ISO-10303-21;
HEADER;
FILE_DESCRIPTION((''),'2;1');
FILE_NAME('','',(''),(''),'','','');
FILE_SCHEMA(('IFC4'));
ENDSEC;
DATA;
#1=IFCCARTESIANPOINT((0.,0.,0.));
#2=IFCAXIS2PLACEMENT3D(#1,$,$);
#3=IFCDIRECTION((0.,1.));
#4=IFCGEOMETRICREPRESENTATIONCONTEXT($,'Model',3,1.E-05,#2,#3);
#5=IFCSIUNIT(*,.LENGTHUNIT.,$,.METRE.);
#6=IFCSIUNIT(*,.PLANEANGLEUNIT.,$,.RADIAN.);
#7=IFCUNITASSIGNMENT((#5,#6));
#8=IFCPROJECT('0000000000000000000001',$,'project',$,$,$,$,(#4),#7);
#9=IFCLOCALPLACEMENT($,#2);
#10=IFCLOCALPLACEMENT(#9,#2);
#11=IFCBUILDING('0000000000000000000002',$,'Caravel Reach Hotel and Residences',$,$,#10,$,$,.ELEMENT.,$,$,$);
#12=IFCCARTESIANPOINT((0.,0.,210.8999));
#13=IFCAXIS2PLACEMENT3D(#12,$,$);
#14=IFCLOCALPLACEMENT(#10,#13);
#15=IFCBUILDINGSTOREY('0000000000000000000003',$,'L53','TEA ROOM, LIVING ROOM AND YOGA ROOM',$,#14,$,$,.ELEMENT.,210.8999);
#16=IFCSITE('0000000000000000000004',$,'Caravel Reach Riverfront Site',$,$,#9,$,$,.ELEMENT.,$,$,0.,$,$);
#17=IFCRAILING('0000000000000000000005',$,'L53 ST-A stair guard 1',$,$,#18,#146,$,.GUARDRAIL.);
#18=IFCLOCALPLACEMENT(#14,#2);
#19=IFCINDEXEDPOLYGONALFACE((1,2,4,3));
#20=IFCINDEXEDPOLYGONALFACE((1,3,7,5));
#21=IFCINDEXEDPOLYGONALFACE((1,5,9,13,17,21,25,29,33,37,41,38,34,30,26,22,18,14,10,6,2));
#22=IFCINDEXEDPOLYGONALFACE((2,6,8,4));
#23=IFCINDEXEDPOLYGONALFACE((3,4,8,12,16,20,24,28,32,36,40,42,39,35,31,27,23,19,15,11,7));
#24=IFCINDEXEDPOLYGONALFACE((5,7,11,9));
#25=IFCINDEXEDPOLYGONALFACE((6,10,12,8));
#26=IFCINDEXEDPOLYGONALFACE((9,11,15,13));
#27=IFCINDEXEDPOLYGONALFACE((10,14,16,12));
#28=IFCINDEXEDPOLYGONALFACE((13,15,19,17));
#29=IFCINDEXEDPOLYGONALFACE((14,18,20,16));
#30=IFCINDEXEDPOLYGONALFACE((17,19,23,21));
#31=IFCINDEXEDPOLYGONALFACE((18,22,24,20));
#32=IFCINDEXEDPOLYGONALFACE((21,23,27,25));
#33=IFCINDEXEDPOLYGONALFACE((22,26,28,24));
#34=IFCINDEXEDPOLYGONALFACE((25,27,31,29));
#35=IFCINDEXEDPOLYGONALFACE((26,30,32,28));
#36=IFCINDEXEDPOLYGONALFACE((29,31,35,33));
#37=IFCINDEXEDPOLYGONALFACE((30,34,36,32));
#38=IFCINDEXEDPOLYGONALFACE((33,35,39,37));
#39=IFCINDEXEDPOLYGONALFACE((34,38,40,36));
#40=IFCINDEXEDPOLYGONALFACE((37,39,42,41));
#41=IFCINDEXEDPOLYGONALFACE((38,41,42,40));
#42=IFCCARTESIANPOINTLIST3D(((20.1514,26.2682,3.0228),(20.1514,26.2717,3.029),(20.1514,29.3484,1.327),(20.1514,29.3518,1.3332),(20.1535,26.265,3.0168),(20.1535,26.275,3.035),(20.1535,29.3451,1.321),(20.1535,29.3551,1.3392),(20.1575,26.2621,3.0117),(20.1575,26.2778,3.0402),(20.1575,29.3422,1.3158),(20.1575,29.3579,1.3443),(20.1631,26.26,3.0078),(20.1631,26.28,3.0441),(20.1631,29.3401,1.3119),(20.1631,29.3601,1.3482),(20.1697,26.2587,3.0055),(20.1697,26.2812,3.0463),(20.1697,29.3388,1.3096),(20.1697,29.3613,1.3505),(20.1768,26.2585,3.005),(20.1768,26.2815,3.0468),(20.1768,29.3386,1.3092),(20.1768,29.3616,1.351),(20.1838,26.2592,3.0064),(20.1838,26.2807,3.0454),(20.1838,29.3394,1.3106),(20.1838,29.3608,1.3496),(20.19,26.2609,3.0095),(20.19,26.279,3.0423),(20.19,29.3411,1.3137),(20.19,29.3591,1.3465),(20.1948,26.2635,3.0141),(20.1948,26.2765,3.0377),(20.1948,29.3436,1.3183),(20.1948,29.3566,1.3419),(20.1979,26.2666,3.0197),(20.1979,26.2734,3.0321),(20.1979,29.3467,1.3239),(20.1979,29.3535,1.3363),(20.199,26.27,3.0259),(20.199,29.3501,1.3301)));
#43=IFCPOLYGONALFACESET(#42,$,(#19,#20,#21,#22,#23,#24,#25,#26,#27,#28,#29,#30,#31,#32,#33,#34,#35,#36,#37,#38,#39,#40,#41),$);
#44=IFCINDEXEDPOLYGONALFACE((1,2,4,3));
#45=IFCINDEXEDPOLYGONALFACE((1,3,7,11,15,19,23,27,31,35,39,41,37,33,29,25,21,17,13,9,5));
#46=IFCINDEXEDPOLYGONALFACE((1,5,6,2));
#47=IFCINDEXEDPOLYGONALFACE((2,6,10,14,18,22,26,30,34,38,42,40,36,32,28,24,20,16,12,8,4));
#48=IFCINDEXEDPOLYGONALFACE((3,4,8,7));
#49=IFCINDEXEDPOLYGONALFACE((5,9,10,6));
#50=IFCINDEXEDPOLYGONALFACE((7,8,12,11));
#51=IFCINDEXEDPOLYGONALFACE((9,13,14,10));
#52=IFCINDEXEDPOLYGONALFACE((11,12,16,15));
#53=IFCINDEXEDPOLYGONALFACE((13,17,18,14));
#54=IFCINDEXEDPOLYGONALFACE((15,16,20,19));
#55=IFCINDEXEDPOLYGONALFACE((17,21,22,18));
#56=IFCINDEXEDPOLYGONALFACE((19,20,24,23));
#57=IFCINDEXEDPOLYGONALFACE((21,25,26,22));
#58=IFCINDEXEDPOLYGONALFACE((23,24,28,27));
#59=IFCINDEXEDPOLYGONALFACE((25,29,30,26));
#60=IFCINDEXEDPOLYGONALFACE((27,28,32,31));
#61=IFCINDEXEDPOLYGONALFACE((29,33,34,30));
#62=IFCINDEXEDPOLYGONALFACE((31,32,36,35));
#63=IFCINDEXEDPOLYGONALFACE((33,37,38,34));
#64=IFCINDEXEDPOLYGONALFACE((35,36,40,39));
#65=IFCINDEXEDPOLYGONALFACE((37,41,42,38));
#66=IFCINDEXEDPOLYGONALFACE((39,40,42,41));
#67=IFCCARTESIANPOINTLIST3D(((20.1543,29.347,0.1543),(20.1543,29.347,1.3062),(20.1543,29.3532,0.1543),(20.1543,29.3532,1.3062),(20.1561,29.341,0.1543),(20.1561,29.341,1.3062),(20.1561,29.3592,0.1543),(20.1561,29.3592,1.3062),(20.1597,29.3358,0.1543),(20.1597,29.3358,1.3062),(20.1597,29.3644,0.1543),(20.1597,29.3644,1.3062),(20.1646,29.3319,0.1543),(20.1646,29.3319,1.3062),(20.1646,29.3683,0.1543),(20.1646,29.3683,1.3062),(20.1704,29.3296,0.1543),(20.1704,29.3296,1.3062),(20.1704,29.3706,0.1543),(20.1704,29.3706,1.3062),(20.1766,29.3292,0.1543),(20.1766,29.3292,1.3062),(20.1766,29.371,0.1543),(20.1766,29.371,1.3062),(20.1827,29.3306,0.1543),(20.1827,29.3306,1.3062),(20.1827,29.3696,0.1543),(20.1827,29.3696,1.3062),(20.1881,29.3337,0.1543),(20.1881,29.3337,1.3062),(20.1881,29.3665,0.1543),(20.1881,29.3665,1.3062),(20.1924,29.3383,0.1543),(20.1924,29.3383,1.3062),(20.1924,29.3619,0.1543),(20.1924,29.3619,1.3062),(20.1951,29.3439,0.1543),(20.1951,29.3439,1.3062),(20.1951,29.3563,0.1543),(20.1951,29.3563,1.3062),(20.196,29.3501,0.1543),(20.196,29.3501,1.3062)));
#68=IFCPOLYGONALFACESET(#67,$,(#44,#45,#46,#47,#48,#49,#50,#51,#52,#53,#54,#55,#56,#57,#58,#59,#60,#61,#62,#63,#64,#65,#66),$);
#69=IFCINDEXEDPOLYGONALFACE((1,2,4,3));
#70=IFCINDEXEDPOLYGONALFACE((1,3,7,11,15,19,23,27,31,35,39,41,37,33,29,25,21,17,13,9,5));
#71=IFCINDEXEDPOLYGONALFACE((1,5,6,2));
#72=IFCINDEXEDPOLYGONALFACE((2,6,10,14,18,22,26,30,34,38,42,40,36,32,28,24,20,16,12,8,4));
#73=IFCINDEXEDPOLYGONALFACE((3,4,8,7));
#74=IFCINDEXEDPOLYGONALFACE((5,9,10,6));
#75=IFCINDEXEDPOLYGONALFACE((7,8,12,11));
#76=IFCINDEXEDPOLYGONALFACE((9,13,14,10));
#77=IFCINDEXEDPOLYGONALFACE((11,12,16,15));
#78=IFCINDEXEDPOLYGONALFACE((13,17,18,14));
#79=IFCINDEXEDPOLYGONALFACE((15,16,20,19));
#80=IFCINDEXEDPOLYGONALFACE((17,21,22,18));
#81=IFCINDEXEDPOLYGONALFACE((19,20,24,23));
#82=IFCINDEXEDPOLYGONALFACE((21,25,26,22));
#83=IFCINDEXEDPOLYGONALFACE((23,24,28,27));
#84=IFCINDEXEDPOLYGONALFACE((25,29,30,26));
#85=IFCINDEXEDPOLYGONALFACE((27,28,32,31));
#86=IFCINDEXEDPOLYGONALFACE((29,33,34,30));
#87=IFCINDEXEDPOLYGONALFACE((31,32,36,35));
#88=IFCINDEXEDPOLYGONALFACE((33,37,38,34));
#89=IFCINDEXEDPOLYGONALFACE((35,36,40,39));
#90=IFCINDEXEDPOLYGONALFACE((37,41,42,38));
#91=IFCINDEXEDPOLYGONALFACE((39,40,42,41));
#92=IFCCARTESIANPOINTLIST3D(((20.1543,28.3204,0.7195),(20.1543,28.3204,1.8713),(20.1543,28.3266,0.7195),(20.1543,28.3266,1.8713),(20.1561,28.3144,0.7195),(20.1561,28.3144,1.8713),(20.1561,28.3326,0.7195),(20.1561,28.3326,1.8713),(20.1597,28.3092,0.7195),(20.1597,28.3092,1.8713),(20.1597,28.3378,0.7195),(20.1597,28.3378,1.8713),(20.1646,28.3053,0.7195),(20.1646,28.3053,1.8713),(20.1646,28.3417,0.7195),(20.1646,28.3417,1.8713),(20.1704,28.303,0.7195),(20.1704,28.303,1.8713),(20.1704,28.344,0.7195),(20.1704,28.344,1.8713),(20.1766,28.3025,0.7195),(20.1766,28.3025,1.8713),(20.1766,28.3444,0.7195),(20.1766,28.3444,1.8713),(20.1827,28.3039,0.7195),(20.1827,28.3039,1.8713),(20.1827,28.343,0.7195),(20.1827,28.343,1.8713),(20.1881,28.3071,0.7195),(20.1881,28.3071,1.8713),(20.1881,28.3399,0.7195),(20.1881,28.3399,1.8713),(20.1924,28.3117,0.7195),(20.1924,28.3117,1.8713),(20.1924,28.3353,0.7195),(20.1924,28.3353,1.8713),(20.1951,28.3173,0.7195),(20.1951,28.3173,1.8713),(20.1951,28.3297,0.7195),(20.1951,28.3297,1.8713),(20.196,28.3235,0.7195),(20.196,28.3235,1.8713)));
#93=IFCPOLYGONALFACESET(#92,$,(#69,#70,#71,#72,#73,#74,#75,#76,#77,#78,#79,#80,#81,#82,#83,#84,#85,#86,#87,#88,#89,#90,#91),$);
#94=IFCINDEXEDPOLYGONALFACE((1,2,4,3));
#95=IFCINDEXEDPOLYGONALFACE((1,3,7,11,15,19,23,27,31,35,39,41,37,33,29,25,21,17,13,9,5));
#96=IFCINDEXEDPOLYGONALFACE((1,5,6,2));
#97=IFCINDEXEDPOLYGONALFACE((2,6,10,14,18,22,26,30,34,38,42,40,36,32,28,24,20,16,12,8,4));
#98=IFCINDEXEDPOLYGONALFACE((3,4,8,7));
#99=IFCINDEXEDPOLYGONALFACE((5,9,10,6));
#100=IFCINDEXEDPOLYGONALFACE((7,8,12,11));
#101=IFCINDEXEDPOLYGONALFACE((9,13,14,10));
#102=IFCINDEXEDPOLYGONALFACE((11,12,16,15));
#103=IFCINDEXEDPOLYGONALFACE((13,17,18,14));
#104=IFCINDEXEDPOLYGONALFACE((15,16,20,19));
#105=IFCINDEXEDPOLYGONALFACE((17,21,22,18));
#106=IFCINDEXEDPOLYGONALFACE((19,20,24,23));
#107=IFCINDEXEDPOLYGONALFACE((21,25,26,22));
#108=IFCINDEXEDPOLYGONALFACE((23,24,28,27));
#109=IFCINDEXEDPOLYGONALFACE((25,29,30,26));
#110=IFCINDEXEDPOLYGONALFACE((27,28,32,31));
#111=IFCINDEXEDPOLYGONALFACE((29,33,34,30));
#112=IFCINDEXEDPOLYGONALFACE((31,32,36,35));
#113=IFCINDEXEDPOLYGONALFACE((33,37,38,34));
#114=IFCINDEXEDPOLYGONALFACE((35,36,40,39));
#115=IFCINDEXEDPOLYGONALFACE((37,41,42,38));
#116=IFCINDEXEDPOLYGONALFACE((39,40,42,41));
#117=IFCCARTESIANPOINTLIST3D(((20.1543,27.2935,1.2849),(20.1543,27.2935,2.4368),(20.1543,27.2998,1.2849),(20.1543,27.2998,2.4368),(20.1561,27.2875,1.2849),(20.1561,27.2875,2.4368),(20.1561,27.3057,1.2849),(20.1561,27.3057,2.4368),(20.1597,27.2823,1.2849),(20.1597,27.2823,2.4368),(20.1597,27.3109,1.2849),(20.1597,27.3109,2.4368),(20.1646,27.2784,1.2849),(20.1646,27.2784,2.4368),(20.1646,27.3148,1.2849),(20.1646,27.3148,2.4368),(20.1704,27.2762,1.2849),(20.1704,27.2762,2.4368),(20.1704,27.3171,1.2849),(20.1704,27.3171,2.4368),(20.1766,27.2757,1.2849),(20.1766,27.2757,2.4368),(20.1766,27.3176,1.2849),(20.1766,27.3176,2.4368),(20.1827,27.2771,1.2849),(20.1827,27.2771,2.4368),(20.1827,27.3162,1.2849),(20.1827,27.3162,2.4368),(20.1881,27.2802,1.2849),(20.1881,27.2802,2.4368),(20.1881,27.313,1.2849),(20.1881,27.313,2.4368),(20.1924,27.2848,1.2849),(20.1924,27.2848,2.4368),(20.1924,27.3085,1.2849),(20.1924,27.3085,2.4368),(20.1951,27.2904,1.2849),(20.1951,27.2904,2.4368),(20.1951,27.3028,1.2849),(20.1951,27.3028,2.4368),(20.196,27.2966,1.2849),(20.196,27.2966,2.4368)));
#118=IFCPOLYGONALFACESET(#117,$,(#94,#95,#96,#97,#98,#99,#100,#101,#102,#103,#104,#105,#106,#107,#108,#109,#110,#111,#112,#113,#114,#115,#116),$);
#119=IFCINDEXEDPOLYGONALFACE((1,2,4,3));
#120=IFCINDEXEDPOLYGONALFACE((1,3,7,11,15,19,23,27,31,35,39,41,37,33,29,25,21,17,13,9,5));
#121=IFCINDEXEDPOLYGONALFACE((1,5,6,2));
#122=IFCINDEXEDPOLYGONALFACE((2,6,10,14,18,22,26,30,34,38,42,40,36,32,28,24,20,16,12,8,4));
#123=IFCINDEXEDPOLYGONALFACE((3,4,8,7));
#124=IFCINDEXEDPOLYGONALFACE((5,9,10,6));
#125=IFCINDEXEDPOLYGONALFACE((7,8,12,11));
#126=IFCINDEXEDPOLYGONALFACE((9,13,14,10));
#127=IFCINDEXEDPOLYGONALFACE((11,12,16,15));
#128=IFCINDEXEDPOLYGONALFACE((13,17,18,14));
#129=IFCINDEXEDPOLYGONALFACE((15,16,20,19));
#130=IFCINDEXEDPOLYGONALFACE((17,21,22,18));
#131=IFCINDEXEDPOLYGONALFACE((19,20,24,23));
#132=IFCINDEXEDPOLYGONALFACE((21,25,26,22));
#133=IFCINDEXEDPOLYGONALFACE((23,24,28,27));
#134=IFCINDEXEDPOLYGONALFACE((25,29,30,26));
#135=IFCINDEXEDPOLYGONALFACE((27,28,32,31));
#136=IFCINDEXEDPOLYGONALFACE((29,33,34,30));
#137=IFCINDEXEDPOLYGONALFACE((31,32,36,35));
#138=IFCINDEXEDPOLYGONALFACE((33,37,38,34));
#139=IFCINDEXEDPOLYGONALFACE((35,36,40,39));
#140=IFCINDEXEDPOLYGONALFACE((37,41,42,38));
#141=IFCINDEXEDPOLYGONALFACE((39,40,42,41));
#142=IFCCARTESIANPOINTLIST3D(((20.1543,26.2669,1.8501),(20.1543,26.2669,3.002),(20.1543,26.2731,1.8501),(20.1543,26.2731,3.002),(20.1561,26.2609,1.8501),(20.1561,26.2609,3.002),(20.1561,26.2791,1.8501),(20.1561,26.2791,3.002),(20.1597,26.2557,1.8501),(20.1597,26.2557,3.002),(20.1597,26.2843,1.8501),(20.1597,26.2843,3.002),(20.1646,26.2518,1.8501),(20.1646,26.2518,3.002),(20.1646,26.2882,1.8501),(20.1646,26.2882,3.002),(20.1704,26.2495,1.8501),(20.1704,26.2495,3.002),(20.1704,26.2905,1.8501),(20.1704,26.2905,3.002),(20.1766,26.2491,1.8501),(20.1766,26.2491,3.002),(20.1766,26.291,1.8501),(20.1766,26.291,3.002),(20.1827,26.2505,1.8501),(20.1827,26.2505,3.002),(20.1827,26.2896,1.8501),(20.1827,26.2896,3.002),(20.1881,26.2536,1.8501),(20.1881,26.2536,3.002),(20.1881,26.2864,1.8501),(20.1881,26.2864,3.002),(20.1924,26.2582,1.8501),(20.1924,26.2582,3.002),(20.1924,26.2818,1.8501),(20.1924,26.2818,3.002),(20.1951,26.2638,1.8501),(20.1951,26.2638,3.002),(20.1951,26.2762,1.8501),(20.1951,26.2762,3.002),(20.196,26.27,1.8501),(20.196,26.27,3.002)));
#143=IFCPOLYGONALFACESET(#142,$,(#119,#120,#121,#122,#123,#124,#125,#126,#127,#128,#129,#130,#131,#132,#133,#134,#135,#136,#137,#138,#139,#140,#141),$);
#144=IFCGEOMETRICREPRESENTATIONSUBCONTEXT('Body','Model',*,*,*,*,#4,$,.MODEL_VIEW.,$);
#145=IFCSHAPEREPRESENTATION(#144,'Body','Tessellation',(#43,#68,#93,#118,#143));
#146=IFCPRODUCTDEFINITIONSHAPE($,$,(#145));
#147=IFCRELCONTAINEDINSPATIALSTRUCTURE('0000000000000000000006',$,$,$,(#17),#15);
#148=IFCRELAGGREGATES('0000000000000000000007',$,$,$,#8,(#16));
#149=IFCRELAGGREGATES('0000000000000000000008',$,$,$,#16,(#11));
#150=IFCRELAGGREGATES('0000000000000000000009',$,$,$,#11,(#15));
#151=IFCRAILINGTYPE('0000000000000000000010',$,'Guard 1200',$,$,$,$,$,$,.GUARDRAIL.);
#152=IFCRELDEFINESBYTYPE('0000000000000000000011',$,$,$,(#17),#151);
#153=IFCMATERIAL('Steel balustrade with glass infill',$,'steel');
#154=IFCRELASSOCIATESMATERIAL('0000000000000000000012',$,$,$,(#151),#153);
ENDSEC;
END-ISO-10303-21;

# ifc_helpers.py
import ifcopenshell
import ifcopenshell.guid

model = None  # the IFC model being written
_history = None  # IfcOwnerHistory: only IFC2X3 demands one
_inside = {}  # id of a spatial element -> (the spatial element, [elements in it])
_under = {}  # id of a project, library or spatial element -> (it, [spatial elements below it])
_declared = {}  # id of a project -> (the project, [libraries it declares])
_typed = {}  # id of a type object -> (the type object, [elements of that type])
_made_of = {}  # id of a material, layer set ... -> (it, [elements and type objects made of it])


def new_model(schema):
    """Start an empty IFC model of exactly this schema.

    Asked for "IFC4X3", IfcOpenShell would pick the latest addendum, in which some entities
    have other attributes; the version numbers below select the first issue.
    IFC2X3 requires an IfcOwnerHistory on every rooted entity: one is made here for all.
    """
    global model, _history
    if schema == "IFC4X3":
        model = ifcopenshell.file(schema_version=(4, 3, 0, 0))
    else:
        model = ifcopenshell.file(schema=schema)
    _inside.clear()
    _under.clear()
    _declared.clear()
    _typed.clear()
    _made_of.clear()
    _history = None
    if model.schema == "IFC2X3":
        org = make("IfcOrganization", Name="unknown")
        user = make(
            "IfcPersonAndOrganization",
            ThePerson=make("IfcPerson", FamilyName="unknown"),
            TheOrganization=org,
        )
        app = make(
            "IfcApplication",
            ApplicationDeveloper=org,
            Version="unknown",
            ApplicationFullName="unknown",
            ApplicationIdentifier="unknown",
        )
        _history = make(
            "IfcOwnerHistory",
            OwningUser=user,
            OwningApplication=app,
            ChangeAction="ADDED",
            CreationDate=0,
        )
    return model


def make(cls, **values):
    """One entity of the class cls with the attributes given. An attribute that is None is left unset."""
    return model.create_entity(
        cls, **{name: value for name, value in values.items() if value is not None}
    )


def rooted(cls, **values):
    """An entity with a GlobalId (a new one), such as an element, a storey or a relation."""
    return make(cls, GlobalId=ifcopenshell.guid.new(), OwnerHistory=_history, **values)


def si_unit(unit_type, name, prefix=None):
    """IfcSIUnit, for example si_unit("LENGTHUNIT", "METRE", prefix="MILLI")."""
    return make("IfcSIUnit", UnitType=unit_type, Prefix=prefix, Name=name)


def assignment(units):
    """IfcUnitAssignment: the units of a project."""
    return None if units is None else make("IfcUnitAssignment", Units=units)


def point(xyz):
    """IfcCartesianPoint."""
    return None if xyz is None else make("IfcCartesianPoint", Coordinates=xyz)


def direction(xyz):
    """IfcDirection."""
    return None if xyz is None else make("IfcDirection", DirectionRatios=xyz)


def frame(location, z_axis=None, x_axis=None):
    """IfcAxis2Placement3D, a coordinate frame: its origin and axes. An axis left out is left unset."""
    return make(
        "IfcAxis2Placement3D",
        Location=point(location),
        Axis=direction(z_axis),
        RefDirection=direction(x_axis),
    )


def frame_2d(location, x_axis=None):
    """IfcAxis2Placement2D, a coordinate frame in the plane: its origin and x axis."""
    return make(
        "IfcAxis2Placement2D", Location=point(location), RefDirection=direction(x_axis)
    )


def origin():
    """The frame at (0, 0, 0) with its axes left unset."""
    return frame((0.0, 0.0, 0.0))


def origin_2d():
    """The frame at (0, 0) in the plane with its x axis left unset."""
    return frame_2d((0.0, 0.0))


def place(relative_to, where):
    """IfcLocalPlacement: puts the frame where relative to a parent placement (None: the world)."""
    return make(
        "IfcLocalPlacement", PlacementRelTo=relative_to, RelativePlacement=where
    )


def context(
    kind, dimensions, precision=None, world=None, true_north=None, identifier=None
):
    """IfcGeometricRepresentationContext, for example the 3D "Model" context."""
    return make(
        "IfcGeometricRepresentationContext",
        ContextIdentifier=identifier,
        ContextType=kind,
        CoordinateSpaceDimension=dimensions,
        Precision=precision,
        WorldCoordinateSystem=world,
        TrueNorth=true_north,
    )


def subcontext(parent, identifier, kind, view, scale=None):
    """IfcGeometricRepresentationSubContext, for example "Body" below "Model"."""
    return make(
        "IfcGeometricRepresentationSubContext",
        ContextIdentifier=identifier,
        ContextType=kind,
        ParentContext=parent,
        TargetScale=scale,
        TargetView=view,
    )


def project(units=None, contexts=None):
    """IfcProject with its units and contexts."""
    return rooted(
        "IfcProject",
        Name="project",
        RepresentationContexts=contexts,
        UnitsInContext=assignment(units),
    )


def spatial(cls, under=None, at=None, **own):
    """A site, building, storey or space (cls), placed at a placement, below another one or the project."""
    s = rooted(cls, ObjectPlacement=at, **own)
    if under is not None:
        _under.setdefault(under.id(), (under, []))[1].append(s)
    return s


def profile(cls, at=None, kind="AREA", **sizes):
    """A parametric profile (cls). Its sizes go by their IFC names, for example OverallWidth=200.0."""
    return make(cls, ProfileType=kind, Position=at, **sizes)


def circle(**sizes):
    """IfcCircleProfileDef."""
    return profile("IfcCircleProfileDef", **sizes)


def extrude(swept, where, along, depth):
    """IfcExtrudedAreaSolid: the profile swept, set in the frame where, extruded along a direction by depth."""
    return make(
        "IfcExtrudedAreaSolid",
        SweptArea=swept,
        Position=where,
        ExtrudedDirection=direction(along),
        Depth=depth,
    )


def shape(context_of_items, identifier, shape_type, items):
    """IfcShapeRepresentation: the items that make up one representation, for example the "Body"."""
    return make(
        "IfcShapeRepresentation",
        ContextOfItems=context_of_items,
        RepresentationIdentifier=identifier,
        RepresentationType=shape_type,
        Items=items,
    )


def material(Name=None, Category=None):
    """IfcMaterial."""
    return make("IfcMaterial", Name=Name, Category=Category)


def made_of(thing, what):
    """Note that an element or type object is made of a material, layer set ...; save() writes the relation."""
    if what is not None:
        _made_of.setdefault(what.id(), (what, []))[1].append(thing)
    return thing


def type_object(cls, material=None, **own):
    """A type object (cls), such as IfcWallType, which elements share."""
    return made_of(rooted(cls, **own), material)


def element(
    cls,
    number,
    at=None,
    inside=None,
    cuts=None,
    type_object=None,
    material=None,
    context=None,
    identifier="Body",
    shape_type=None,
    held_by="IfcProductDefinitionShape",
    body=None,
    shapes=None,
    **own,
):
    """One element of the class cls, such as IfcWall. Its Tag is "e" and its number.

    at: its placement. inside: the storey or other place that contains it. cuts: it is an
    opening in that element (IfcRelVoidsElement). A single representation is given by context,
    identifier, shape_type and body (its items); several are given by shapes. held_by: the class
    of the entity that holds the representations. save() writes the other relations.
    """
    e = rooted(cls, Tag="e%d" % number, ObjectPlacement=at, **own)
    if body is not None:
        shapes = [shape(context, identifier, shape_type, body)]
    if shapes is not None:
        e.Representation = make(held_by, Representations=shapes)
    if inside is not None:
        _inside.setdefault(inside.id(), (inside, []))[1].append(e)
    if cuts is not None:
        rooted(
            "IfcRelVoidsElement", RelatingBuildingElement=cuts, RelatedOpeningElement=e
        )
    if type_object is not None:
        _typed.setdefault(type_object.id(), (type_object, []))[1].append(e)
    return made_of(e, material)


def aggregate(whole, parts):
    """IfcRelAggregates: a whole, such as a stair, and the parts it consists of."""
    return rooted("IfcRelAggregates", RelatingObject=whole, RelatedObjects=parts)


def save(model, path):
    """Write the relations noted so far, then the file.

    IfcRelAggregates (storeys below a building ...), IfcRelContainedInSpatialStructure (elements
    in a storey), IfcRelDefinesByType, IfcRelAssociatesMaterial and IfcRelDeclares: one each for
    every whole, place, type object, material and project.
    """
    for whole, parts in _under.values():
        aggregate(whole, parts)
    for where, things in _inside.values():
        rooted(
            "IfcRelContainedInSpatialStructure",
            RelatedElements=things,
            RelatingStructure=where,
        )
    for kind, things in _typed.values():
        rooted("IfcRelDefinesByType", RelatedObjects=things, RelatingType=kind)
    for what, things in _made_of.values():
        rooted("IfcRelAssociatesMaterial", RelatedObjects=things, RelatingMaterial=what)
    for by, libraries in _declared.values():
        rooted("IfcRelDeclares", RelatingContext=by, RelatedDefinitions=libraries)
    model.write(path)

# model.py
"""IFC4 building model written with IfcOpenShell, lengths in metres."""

from ifc_helpers import new_model, si_unit, direction, frame, origin, origin_2d, place, context, subcontext, project, spatial, circle, extrude, material, type_object, element, save


model = new_model("IFC4")

# Units and contexts
model_context = context("Model", 3, precision=1e-05, world=origin(), true_north=direction((0.0, 1.0)))
body_context = subcontext(model_context, "Body", "Model", "MODEL_VIEW")
ifc_project = project(units=[si_unit("LENGTHUNIT", "METRE"), si_unit("PLANEANGLEUNIT", "RADIAN")], contexts=[model_context])

# Site, building, storey
site_placement = place(None, origin())
site = spatial("IfcSite", under=ifc_project, at=site_placement, Name="Caravel Reach Riverfront Site", CompositionType="ELEMENT", RefElevation=0.0)
building_placement = place(site_placement, origin())
building = spatial("IfcBuilding", under=site, at=building_placement, Name="Caravel Reach Hotel and Residences", CompositionType="ELEMENT")
storey_placement = place(building_placement, frame((0.0, 0.0, 210.8999)))
storey = spatial("IfcBuildingStorey", under=building, at=storey_placement, Name="L53", Description="TEA ROOM, LIVING ROOM AND YOGA ROOM", CompositionType="ELEMENT", Elevation=210.8999)

# Railing
ifc_material_1 = material(Name="Steel balustrade with glass infill", Category="steel")
railing_type_1 = type_object("IfcRailingType", Name="Guard 1200", PredefinedType="GUARDRAIL", material=ifc_material_1)
railing_1_placement = place(storey_placement, frame((20.175, 29.3501, 0.1543)))
element("IfcRailing", 1, at=railing_1_placement, inside=storey, type_object=railing_type_1, Name="L53 ST-A stair guard 1", PredefinedType="GUARDRAIL", context=body_context, shape_type="SweptSolid", body=[
    extrude(circle(Radius=0.0239, at=origin_2d()), frame((0.0, 0.0, 1.1758), z_axis=(0.0, -0.876005, 0.482303), x_axis=(1.0, 0.0, 0.0)), (0.0, 0.0, 1.0), 3.5161),
    extrude(circle(Radius=0.021, at=origin_2d()), origin(), (0.0, 0.0, 1.0), 1.1519),
    extrude(circle(Radius=0.021, at=origin_2d()), frame((0.0, -1.0266, 0.5652)), (0.0, 0.0, 1.0), 1.1519),
    extrude(circle(Radius=0.021, at=origin_2d()), frame((0.0, -2.0535, 1.1306)), (0.0, 0.0, 1.0), 1.1519),
    extrude(circle(Radius=0.021, at=origin_2d()), frame((0.0, -3.0801, 1.6958)), (0.0, 0.0, 1.0), 1.1519),
])

save(model, "model.ifc")
